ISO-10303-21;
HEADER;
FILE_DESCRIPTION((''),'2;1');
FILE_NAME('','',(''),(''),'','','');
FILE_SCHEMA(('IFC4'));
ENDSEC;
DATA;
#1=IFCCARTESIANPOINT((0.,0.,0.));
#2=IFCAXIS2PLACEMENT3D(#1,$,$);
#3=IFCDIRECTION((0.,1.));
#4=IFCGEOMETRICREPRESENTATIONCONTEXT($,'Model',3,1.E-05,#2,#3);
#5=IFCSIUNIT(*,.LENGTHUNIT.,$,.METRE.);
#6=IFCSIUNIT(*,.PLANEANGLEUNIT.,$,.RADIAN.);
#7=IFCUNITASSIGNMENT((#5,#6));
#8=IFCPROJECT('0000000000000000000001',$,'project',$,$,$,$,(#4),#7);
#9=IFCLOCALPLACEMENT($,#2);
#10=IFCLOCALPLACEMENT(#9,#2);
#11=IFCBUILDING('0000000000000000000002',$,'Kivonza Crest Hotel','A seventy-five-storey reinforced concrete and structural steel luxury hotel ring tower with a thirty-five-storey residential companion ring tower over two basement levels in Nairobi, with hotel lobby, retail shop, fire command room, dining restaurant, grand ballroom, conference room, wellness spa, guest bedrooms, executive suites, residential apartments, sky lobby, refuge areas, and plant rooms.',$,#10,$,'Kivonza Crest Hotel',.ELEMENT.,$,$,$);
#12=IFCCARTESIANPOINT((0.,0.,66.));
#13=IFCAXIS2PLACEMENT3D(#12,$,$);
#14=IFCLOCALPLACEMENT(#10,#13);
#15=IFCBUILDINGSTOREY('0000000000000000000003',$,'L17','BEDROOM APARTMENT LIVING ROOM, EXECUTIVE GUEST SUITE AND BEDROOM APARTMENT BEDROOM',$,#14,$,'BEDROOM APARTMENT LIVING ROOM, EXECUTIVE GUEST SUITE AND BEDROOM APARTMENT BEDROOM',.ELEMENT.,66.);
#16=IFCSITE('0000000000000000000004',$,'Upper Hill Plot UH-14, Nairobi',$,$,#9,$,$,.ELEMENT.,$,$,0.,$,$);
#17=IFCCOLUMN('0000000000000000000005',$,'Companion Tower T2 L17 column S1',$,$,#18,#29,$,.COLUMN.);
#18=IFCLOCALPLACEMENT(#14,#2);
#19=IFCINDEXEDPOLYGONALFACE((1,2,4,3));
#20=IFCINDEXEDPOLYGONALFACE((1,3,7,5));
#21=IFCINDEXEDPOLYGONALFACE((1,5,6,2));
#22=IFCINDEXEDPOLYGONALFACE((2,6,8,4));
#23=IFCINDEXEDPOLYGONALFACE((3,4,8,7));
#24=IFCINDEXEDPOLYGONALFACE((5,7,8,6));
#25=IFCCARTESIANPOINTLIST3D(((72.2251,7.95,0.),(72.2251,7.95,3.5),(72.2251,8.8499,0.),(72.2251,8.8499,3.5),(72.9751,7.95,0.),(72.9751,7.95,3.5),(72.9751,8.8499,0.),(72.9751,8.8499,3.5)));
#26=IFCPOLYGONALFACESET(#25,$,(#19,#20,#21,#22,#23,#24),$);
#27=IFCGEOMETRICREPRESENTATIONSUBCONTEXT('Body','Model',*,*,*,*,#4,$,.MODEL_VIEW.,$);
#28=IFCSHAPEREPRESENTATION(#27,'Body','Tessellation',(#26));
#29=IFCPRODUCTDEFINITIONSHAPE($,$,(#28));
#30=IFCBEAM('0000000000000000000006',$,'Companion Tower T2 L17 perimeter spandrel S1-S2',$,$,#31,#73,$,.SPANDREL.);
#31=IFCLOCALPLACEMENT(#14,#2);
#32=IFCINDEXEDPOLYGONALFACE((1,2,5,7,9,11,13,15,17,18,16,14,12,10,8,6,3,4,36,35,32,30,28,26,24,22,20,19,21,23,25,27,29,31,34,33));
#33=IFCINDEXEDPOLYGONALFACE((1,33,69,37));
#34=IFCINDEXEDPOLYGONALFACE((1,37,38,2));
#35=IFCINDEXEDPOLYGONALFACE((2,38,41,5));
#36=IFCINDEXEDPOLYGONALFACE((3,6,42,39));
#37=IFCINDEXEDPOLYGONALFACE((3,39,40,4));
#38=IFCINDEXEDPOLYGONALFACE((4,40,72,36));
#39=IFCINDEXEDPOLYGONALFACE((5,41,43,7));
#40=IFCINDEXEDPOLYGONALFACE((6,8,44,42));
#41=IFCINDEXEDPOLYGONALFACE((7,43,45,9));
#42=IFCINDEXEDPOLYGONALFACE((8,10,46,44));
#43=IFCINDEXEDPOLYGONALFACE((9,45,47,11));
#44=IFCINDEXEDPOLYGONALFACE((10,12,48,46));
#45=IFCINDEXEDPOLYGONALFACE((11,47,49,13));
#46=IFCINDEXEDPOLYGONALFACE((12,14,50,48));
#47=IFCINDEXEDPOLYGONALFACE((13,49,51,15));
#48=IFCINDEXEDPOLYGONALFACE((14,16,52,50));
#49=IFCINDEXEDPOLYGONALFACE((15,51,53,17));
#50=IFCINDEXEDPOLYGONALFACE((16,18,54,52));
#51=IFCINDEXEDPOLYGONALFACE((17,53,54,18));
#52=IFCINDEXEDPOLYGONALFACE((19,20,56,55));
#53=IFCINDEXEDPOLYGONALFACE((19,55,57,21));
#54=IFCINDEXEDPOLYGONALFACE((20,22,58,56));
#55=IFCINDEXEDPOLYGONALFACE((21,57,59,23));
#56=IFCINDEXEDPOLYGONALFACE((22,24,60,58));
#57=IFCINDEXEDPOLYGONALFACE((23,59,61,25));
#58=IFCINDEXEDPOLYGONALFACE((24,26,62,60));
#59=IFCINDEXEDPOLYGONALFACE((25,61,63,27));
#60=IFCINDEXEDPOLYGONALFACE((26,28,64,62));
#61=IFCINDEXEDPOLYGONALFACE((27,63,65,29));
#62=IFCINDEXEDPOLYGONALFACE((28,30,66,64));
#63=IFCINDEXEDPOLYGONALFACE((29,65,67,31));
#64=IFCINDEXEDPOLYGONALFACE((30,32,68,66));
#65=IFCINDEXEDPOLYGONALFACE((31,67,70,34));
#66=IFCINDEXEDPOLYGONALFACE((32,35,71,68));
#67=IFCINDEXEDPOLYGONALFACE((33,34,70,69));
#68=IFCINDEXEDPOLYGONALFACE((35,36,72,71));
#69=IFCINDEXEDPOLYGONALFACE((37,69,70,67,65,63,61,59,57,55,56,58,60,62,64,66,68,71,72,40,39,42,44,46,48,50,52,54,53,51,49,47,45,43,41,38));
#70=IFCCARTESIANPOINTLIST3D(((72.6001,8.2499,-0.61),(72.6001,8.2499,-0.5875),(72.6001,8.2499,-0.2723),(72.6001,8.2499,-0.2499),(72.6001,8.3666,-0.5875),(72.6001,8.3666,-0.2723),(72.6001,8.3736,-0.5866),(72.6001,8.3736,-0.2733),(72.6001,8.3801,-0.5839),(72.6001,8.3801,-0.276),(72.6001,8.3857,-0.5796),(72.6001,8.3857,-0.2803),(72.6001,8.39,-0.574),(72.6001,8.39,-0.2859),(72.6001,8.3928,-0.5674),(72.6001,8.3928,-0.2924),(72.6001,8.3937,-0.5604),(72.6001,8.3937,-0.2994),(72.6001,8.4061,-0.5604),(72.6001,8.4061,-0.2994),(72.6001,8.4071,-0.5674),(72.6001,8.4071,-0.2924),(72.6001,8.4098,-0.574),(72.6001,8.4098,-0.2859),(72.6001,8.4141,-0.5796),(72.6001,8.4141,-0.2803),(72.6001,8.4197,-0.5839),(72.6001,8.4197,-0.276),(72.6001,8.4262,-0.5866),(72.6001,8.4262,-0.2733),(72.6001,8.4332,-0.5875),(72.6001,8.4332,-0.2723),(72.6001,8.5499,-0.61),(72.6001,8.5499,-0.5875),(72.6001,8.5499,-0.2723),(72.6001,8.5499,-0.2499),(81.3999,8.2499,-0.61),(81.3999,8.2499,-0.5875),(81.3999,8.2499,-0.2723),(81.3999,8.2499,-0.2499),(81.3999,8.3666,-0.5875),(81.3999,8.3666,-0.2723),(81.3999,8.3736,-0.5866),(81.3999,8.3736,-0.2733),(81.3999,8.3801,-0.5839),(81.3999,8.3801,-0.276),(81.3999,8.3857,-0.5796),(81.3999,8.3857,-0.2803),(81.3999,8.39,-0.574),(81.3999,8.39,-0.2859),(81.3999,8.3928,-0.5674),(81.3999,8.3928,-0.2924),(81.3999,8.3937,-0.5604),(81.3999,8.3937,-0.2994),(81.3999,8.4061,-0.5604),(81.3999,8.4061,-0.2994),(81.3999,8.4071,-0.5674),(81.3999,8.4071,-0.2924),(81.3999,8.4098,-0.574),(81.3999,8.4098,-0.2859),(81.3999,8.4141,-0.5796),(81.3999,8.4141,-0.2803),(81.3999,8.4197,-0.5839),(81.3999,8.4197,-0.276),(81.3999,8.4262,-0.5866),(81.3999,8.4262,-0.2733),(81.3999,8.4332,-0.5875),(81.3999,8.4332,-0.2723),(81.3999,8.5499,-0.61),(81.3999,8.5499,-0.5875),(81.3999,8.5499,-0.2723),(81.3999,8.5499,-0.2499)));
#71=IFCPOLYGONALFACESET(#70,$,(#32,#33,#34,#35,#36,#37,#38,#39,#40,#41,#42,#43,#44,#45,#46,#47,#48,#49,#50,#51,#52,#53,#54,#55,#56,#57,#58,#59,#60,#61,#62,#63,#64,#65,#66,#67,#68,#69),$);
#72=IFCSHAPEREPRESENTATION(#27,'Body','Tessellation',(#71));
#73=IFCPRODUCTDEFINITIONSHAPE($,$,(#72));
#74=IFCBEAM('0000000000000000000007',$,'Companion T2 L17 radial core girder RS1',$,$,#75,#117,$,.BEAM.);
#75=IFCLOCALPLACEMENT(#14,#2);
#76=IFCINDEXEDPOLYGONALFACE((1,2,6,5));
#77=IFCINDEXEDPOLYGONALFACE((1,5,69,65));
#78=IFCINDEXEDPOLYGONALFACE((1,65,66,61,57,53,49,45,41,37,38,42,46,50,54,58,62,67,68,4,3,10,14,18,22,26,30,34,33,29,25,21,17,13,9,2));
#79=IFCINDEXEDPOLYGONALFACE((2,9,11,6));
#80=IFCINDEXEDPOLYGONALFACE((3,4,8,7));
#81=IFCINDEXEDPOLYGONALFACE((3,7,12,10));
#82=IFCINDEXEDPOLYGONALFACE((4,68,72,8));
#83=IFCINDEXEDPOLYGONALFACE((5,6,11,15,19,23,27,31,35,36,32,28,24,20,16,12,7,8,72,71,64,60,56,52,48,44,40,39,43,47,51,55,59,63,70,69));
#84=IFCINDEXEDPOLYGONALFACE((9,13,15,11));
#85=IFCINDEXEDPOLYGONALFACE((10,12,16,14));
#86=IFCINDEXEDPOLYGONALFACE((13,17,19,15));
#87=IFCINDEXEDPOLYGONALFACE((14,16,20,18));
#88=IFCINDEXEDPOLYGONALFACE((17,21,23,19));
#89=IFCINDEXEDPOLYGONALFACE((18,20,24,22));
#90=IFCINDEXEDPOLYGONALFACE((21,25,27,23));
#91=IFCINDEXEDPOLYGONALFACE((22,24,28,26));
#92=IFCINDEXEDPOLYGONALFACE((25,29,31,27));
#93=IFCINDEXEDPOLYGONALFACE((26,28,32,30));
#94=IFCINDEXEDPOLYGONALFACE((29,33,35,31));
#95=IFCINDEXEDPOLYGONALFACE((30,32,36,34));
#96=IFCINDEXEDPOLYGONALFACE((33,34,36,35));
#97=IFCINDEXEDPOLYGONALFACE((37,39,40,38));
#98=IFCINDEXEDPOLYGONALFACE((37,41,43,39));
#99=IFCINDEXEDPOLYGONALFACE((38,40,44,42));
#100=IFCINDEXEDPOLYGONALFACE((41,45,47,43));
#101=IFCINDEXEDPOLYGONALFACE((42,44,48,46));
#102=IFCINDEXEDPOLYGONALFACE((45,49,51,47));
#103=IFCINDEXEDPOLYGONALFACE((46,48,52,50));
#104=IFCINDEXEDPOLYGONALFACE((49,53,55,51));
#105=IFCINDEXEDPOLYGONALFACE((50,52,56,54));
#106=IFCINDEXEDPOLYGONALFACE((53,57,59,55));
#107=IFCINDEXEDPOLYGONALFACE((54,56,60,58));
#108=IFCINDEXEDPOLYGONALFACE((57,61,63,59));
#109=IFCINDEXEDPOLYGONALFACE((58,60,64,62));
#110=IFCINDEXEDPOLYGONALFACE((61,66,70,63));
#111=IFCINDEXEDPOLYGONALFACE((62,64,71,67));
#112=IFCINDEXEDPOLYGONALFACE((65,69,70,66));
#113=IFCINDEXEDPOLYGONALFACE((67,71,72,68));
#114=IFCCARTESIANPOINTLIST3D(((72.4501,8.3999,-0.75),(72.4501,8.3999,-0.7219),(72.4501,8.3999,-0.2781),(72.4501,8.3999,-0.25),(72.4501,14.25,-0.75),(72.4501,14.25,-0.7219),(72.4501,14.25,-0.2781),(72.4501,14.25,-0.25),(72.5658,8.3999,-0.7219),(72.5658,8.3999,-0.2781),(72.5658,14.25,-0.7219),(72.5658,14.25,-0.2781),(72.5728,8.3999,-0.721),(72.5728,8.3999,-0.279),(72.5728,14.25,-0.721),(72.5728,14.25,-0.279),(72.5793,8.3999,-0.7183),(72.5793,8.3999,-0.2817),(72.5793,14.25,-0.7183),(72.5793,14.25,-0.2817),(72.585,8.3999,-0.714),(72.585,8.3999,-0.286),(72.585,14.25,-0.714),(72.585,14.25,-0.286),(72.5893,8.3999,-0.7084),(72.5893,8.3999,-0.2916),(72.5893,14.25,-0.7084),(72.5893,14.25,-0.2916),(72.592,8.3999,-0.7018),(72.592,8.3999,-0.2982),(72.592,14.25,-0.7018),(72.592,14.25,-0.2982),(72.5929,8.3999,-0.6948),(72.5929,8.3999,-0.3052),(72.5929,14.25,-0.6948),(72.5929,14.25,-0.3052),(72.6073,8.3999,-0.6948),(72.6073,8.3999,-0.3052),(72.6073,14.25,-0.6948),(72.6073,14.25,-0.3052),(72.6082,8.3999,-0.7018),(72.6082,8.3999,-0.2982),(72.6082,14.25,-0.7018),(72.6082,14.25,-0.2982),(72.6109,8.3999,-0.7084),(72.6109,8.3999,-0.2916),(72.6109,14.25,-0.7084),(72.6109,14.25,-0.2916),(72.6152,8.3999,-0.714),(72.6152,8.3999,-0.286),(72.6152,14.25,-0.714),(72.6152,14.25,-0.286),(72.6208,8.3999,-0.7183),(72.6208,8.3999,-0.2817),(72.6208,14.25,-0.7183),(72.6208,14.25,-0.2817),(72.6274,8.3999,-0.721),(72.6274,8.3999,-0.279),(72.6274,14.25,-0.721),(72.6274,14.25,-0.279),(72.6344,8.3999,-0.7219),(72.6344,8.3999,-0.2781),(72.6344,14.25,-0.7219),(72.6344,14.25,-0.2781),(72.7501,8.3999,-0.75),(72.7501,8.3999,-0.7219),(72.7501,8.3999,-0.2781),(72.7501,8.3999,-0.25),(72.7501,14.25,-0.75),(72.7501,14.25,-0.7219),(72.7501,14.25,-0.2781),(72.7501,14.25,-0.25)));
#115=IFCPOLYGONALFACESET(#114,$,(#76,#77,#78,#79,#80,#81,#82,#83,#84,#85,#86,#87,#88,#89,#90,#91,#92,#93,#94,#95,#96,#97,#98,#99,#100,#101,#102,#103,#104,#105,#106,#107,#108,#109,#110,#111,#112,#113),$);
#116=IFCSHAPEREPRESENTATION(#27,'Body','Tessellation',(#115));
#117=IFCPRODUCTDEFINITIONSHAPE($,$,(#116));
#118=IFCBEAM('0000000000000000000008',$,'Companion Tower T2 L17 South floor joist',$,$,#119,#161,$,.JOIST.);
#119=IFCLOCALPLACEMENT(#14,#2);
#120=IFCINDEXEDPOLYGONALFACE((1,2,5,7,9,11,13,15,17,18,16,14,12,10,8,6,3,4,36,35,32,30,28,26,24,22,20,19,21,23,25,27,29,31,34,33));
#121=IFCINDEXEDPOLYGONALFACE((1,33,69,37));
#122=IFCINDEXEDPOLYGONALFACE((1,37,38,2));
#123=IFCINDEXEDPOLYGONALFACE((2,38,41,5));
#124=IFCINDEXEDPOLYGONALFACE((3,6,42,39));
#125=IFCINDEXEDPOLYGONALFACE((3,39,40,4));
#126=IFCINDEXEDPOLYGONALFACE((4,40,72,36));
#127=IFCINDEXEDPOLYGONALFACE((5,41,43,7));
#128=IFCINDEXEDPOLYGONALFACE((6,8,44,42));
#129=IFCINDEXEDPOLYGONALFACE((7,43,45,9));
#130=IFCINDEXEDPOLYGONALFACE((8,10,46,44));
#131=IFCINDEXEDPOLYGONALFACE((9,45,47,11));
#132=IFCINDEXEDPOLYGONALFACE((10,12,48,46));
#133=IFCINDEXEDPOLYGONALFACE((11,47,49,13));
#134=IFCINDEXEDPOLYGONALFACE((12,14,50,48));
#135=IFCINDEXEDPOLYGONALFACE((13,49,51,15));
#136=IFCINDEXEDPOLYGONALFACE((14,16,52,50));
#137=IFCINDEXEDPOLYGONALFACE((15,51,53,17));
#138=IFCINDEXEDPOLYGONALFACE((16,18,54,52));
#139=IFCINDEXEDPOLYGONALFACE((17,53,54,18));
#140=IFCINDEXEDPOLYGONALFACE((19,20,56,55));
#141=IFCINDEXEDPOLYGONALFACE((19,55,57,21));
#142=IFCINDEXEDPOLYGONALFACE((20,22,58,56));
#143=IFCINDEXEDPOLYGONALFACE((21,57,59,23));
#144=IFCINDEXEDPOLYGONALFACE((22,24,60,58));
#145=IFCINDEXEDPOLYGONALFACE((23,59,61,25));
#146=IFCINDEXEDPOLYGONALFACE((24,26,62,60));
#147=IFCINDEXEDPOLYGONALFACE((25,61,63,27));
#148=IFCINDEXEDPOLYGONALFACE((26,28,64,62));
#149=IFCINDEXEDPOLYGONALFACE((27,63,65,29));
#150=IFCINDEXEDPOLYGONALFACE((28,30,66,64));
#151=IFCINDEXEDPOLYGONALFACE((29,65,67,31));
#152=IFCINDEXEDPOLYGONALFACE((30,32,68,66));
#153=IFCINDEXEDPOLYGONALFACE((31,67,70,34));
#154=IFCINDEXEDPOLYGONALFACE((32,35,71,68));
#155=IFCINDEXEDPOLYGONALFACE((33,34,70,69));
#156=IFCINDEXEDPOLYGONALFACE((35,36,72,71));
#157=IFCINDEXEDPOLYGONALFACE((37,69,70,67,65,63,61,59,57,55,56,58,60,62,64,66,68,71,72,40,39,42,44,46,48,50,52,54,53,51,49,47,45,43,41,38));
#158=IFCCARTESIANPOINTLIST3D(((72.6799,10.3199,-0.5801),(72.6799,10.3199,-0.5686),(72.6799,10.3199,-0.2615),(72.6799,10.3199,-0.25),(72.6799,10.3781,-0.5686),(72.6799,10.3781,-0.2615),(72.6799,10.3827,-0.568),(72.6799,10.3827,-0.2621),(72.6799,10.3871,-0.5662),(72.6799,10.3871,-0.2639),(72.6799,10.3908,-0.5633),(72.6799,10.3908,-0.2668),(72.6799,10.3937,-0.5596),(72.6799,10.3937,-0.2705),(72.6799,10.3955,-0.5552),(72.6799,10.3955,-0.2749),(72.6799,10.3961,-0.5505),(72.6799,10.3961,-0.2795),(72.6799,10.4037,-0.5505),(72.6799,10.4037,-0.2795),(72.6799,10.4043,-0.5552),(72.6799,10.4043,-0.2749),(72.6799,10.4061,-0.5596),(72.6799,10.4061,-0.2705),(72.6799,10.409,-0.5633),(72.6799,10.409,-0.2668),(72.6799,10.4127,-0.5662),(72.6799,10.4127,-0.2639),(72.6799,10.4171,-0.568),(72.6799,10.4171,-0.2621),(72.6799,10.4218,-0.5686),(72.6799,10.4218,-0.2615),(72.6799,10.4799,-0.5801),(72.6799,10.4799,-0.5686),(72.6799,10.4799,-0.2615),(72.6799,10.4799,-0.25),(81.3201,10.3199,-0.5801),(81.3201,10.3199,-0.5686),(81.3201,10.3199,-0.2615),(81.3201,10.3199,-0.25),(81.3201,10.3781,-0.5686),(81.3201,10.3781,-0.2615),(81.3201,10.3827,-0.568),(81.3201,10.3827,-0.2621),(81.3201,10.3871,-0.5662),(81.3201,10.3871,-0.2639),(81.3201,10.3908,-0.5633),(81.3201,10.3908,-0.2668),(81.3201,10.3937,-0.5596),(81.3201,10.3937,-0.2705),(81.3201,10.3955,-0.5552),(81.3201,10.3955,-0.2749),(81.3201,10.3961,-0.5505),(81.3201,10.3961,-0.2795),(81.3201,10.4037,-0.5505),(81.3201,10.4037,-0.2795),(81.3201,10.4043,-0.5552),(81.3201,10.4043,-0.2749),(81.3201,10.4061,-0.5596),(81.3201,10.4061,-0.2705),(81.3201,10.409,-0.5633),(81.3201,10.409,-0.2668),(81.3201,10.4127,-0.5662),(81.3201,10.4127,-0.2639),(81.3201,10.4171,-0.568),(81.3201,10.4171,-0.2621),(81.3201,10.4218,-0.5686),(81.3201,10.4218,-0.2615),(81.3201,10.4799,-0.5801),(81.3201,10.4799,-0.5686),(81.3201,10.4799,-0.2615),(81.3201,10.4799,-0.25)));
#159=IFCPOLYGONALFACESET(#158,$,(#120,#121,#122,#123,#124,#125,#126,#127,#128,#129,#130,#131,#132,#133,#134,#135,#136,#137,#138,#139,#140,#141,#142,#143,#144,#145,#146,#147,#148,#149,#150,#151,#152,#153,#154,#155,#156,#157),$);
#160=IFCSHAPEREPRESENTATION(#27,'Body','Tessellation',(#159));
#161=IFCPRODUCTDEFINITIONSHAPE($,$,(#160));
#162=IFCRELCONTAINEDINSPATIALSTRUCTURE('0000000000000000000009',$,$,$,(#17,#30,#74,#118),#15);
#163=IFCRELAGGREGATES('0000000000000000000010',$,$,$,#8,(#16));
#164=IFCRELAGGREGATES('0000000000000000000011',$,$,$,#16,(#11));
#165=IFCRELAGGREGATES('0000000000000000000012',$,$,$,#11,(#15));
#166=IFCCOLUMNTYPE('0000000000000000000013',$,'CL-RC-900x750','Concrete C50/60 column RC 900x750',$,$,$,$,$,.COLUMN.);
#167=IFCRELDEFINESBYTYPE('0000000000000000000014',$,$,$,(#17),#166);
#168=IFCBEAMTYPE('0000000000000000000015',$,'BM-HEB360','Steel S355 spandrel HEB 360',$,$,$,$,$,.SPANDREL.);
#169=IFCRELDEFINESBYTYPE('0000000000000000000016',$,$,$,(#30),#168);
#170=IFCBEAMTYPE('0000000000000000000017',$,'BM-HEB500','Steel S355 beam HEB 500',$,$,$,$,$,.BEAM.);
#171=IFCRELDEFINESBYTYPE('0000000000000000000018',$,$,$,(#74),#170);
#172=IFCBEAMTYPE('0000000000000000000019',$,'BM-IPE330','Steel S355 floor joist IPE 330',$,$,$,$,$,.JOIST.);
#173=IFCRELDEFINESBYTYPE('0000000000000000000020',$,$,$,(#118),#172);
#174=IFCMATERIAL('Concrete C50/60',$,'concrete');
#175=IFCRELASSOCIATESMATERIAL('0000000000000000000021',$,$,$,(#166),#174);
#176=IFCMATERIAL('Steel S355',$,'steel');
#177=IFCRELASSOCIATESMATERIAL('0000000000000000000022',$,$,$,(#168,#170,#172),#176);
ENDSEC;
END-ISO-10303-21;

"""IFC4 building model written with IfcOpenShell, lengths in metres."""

from ifc_helpers import new_model, si_unit, direction, frame, origin, origin_2d, place, context, subcontext, project, spatial, rectangle, i_section, extrude, material, material_profile, profile_set, type_object, element, save


model = new_model("IFC4")

# Units and contexts
model_context = context("Model", 3, precision=1e-05, world=origin(), true_north=direction((0.0, 1.0)))
body_context = subcontext(model_context, "Body", "Model", "MODEL_VIEW")
ifc_project = project(units=[si_unit("LENGTHUNIT", "METRE"), si_unit("PLANEANGLEUNIT", "RADIAN")], contexts=[model_context])

# Site, building, storey
site_placement = place(None, origin())
site = spatial("IfcSite", under=ifc_project, at=site_placement, Name="Upper Hill Plot UH-14, Nairobi", CompositionType="ELEMENT", RefElevation=0.0)
building_placement = place(site_placement, origin())
building = spatial("IfcBuilding", under=site, at=building_placement, Name="Kivonza Crest Hotel", Description="A seventy-five-storey reinforced concrete and structural steel luxury hotel ring tower with a thirty-five-storey residential companion ring tower over two basement levels in Nairobi, with hotel lobby, retail shop, fire command room, dining restaurant, grand ballroom, conference room, wellness spa, guest bedrooms, executive suites, residential apartments, sky lobby, refuge areas, and plant rooms.", LongName="Kivonza Crest Hotel", CompositionType="ELEMENT")
storey_placement = place(building_placement, frame((0.0, 0.0, 66.0)))
storey = spatial("IfcBuildingStorey", under=building, at=storey_placement, Name="L17", Description="BEDROOM APARTMENT LIVING ROOM, EXECUTIVE GUEST SUITE AND BEDROOM APARTMENT BEDROOM", LongName="BEDROOM APARTMENT LIVING ROOM, EXECUTIVE GUEST SUITE AND BEDROOM APARTMENT BEDROOM", CompositionType="ELEMENT", Elevation=66.0)

# Column
ifc_material_1 = material(Name="Concrete C50/60", Category="concrete")
ifc_material_profile_1 = material_profile(ifc_material_1, rectangle(XDim=0.75, YDim=0.8999, at=origin_2d()), Name="RC 900x750")
ifc_profile_set_1 = profile_set([ifc_material_profile_1], Name="Concrete C50/60")
column_type = type_object("IfcColumnType", Name="CL-RC-900x750", Description="Concrete C50/60 column RC 900x750", PredefinedType="COLUMN", material=ifc_profile_set_1)
column_placement = place(storey_placement, frame((72.6001, 8.3999, 0.0), z_axis=(0.0, 0.0, 1.0), x_axis=(1.0, 0.0, 0.0)))
element("IfcColumn", 1, at=column_placement, inside=storey, type_object=column_type, Name="Companion Tower T2 L17 column S1", PredefinedType="COLUMN", context=body_context, shape_type="SweptSolid", body=[
    extrude(rectangle(XDim=0.75, YDim=0.8999, at=origin_2d()), origin(), (0.0, 0.0, 1.0), 3.5),
])

# Beams
ifc_material_2 = material(Name="Steel S355", Category="steel")
ifc_material_profile_2 = material_profile(ifc_material_2, i_section(OverallWidth=0.3, OverallDepth=0.3601, WebThickness=0.0125, FlangeThickness=0.0225, FilletRadius=0.0271, at=origin_2d()), Name="HEB 360")
ifc_profile_set_2 = profile_set([ifc_material_profile_2], Name="Steel S355")
beam_type_1 = type_object("IfcBeamType", Name="BM-HEB360", Description="Steel S355 spandrel HEB 360", PredefinedType="SPANDREL", material=ifc_profile_set_2)
beam_1_placement = place(storey_placement, frame((72.6001, 8.3999, -0.4299), z_axis=(1.0, 0.0, 0.0), x_axis=(0.0, 1.0, 0.0)))
element("IfcBeam", 2, at=beam_1_placement, inside=storey, type_object=beam_type_1, Name="Companion Tower T2 L17 perimeter spandrel S1-S2", PredefinedType="SPANDREL", context=body_context, shape_type="SweptSolid", body=[
    extrude(i_section(OverallWidth=0.3, OverallDepth=0.3601, WebThickness=0.0125, FlangeThickness=0.0225, FilletRadius=0.0271, at=origin_2d()), origin(), (0.0, 0.0, 1.0), 8.7998),
])
ifc_material_profile_3 = material_profile(ifc_material_2, i_section(OverallWidth=0.3, OverallDepth=0.5, WebThickness=0.0144, FlangeThickness=0.0281, FilletRadius=0.0271, at=origin_2d()), Name="HEB 500")
ifc_profile_set_3 = profile_set([ifc_material_profile_3], Name="Steel S355")
beam_type_2 = type_object("IfcBeamType", Name="BM-HEB500", Description="Steel S355 beam HEB 500", PredefinedType="BEAM", material=ifc_profile_set_3)
beam_2_placement = place(storey_placement, frame((72.6001, 8.3999, -0.5), z_axis=(0.0, 1.0, 0.0), x_axis=(-1.0, 0.0, 0.0)))
element("IfcBeam", 3, at=beam_2_placement, inside=storey, type_object=beam_type_2, Name="Companion T2 L17 radial core girder RS1", PredefinedType="BEAM", context=body_context, shape_type="SweptSolid", body=[
    extrude(i_section(OverallWidth=0.3, OverallDepth=0.5, WebThickness=0.0144, FlangeThickness=0.0281, FilletRadius=0.0271, at=origin_2d()), origin(), (0.0, 0.0, 1.0), 5.8501),
])
ifc_material_profile_4 = material_profile(ifc_material_2, i_section(OverallWidth=0.1599, OverallDepth=0.3301, WebThickness=0.0076, FlangeThickness=0.0115, FilletRadius=0.0181, at=origin_2d()), Name="IPE 330")
ifc_profile_set_4 = profile_set([ifc_material_profile_4], Name="Steel S355")
beam_type_3 = type_object("IfcBeamType", Name="BM-IPE330", Description="Steel S355 floor joist IPE 330", PredefinedType="JOIST", material=ifc_profile_set_4)
beam_3_placement = place(storey_placement, frame((72.6799, 10.3999, -0.415), z_axis=(1.0, 0.0, 0.0), x_axis=(0.0, 1.0, 0.0)))
element("IfcBeam", 4, at=beam_3_placement, inside=storey, type_object=beam_type_3, Name="Companion Tower T2 L17 South floor joist", PredefinedType="JOIST", context=body_context, shape_type="SweptSolid", body=[
    extrude(i_section(OverallWidth=0.1599, OverallDepth=0.3301, WebThickness=0.0076, FlangeThickness=0.0115, FilletRadius=0.0181, at=origin_2d()), origin(), (0.0, 0.0, 1.0), 8.6401),
])

save(model, "model.ifc")
